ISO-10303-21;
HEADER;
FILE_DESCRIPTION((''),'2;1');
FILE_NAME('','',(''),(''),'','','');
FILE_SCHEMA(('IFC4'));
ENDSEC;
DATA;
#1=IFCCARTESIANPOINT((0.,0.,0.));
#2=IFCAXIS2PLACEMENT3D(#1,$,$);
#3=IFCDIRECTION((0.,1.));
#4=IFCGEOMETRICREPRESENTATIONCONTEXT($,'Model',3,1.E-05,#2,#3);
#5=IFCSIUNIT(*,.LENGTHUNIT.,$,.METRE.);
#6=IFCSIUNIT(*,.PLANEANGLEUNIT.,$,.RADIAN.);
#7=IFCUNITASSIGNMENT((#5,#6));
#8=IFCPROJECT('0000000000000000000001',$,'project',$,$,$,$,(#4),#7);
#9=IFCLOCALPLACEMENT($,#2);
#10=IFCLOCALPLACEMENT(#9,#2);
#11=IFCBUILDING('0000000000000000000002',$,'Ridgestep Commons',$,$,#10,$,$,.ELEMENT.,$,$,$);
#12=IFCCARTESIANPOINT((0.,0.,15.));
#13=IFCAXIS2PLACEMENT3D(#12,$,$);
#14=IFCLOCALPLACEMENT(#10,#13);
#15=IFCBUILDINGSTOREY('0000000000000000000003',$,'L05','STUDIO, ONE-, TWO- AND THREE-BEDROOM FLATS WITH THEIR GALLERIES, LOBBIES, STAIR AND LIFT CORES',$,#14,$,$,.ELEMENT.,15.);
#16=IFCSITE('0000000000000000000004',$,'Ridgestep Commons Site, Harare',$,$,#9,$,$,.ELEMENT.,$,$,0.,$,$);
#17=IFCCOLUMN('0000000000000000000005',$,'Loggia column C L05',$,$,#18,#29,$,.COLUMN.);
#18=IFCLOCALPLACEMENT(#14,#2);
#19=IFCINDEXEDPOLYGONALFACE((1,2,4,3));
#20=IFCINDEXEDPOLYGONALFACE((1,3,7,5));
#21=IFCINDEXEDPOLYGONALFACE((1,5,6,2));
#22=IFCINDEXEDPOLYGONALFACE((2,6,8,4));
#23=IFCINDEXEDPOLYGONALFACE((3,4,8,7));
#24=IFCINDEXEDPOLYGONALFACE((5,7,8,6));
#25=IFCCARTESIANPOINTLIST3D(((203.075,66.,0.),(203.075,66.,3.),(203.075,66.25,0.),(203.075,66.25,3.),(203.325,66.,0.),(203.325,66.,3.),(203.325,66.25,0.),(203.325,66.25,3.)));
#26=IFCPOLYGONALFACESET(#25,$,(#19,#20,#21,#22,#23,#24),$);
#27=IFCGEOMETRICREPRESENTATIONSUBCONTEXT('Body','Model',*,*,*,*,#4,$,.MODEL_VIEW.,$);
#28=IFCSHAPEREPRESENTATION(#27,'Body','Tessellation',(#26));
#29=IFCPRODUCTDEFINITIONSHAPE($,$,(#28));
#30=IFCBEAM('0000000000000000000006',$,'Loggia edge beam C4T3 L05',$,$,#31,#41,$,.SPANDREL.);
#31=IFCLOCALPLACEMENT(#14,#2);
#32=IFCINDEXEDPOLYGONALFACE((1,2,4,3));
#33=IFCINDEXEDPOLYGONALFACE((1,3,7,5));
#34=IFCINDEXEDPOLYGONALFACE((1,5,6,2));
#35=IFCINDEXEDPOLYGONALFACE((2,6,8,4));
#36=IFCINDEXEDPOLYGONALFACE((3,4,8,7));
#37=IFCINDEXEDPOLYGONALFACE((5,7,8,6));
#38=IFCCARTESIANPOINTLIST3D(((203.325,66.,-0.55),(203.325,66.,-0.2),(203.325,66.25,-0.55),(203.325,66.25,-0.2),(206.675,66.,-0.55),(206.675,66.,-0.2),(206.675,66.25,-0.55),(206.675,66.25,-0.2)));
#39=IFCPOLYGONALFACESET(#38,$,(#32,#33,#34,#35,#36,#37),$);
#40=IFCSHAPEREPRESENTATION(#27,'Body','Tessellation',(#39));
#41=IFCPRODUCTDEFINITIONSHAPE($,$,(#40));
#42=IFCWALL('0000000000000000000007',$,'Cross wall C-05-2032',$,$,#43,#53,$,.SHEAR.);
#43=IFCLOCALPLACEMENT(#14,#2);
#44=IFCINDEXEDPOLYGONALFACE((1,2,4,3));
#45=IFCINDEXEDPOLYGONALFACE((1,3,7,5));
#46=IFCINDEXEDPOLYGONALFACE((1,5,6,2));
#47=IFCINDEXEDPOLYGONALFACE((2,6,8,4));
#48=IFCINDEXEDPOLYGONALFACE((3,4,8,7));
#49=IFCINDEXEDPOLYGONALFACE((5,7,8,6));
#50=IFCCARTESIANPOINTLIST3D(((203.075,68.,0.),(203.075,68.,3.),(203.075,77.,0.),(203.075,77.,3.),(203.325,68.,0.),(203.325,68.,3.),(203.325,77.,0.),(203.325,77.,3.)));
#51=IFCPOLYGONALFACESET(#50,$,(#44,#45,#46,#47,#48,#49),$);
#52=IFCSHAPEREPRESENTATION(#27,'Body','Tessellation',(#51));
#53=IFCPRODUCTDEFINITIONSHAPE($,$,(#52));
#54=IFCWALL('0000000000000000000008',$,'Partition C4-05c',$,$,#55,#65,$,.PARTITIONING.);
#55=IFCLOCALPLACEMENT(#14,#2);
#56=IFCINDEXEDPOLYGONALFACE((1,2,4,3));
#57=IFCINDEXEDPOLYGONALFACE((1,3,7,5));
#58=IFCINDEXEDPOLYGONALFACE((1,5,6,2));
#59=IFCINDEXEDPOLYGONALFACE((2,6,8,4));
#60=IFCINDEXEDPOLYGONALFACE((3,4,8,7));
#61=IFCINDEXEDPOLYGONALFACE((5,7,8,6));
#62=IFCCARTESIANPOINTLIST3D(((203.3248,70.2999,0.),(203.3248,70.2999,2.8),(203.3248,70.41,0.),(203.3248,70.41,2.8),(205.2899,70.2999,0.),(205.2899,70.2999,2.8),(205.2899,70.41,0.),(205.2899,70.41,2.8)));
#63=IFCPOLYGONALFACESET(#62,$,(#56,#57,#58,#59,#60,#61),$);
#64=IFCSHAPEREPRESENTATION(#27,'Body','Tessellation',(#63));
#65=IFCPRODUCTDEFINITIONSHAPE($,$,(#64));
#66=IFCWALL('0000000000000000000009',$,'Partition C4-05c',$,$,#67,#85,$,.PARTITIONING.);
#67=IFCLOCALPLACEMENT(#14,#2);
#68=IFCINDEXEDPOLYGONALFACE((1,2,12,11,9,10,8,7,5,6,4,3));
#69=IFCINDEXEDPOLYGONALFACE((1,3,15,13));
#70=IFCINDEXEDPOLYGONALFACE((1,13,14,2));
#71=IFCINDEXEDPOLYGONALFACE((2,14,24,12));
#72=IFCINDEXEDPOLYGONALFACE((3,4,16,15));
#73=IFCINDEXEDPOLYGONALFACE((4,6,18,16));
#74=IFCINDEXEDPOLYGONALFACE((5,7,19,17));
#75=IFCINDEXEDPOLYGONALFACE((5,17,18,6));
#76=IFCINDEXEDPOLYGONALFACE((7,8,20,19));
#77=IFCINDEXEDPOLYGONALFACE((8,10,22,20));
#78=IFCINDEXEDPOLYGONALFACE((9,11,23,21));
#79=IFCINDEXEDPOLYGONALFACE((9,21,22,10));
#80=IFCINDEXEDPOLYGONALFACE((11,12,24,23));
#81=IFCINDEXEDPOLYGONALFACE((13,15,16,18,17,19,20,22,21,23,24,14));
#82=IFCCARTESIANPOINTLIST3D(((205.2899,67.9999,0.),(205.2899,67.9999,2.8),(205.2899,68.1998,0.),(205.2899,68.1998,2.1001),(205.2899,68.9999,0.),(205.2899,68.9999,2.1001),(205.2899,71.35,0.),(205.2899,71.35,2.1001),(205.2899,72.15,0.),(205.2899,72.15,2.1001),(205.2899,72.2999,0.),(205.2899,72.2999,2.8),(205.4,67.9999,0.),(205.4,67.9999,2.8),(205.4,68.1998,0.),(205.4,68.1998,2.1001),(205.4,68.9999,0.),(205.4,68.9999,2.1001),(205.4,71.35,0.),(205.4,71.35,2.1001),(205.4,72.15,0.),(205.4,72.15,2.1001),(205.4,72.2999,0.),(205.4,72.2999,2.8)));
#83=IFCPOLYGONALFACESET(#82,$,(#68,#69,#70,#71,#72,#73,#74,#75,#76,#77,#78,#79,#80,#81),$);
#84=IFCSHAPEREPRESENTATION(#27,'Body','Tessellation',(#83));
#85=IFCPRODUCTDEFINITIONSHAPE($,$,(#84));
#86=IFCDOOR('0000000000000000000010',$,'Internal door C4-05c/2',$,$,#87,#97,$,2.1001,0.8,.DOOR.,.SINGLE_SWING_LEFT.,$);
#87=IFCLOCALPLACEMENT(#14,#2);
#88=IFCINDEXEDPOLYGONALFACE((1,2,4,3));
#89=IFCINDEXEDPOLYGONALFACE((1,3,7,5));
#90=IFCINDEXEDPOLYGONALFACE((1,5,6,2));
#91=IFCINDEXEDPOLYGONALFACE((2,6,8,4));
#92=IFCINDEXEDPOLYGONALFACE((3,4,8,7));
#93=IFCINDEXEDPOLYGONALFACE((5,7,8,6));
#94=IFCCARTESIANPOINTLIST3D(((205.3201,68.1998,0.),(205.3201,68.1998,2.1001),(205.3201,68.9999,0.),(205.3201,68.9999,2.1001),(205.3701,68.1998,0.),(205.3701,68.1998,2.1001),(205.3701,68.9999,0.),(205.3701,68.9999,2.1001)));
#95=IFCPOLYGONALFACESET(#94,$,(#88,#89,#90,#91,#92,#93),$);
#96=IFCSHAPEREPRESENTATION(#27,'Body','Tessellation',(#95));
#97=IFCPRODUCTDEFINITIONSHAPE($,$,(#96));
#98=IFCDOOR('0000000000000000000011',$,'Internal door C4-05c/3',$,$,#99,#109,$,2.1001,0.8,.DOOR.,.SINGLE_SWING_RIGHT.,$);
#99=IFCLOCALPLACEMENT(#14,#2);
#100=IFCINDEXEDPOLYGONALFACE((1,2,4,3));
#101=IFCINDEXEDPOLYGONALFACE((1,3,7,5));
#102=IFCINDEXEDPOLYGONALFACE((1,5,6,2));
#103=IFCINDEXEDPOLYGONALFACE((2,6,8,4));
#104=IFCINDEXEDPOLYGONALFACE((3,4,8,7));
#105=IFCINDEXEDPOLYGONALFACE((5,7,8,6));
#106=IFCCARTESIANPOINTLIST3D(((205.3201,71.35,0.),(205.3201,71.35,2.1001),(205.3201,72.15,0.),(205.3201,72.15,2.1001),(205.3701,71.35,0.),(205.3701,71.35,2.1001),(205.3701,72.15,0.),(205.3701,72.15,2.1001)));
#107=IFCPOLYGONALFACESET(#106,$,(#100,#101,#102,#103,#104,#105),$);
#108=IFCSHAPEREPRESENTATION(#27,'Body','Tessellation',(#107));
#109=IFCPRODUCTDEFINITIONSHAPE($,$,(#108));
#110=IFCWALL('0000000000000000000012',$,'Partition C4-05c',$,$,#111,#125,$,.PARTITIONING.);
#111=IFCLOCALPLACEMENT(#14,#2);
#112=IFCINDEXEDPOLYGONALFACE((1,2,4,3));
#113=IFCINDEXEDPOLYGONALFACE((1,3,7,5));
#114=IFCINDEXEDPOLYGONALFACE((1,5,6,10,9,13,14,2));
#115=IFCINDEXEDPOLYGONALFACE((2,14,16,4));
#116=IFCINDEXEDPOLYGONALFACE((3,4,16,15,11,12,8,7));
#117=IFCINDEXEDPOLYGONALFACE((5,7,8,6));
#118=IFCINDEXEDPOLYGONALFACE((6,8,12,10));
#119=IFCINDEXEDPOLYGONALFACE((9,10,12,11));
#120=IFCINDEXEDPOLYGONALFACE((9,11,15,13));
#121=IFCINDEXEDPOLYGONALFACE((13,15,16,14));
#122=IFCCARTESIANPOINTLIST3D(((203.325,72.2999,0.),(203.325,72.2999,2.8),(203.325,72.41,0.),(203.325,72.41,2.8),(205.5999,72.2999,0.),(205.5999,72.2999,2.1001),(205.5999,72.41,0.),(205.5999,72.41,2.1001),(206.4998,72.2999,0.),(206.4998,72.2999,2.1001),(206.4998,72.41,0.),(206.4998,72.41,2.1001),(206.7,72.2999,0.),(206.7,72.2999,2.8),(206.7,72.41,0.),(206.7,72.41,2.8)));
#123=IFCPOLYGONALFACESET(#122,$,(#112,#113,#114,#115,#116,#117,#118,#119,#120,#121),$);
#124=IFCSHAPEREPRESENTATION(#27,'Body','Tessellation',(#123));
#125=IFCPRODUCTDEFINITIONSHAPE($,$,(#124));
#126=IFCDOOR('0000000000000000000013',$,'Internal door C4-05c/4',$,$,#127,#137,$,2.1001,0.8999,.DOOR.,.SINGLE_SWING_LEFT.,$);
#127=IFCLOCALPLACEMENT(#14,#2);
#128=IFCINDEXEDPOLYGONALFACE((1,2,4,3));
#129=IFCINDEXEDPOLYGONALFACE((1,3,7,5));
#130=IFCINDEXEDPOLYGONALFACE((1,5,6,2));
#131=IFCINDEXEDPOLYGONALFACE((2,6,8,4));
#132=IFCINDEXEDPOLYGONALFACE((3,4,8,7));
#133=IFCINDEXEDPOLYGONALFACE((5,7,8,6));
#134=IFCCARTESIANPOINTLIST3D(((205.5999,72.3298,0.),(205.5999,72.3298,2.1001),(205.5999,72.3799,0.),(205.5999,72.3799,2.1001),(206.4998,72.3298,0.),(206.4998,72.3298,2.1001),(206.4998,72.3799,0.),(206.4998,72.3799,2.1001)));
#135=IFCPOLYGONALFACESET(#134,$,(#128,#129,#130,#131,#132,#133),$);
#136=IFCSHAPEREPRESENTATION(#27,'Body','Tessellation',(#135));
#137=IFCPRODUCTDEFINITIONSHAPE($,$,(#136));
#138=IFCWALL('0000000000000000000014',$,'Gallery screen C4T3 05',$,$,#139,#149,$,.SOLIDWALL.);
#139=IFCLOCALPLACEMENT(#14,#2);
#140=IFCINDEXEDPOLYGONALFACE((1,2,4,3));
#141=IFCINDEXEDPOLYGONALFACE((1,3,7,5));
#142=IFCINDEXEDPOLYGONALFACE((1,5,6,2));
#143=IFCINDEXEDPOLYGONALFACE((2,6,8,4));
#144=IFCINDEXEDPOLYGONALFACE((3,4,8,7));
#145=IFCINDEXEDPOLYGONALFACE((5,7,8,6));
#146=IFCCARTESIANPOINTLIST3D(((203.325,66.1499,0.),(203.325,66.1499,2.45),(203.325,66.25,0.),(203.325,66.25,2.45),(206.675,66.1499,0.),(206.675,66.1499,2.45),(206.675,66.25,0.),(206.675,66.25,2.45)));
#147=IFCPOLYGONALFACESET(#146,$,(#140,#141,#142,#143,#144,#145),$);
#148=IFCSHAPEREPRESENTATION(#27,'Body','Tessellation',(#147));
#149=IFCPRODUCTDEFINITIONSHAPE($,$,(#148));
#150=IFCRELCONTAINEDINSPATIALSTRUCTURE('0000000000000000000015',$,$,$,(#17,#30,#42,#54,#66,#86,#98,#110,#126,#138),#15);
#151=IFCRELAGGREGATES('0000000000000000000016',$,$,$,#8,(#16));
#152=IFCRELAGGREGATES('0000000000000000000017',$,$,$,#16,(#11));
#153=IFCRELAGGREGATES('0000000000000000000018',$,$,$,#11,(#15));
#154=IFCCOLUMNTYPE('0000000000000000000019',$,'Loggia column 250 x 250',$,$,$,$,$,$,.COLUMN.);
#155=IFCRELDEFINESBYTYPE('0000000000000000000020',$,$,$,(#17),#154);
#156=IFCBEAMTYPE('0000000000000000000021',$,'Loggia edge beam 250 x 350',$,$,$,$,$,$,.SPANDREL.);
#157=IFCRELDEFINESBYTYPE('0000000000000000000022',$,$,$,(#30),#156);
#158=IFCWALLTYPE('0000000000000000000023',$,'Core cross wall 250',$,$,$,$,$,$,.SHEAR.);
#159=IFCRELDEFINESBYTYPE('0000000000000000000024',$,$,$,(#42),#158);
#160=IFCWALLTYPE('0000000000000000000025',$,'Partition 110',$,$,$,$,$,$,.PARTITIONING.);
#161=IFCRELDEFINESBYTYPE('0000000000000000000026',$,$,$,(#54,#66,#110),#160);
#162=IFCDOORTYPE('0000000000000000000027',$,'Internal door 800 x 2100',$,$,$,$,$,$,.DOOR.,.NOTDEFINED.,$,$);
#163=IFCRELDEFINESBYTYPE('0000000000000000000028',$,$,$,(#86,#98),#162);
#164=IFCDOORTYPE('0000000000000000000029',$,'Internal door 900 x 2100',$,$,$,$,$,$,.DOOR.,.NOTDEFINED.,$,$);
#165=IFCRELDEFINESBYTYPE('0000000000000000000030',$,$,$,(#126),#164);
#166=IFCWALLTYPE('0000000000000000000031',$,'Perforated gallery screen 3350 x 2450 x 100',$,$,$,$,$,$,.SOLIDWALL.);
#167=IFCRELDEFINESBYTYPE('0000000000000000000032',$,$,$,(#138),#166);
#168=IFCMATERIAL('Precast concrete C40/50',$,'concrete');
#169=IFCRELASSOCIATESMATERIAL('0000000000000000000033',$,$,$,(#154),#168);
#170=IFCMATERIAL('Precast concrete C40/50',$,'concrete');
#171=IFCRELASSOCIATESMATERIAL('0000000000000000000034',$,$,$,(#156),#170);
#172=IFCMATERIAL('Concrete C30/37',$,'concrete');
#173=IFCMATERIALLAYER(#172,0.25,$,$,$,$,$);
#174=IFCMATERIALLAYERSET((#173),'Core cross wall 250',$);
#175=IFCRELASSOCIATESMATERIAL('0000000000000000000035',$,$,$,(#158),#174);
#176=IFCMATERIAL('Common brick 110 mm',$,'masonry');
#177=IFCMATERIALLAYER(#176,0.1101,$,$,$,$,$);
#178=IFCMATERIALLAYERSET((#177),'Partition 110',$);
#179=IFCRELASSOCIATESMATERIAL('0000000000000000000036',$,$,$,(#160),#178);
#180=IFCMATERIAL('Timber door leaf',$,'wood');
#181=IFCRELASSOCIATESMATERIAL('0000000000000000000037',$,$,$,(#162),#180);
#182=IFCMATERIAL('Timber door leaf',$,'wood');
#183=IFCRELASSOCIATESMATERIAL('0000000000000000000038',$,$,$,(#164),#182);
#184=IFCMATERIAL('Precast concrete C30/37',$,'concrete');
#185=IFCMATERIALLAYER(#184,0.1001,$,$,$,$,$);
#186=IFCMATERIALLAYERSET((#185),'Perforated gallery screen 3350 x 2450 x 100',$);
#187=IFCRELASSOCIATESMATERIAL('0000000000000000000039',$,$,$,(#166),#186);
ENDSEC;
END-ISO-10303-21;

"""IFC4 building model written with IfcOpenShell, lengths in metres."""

from ifc_helpers import new_model, si_unit, direction, frame, frame_2d, origin, origin_2d, place, context, subcontext, project, spatial, rectangle, extrude, material, layer, layer_set, material_profile, profile_set, type_object, element, fill, save


model = new_model("IFC4")

# Units and contexts
model_context = context("Model", 3, precision=1e-05, world=origin(), true_north=direction((0.0, 1.0)))
body_context = subcontext(model_context, "Body", "Model", "MODEL_VIEW")
ifc_project = project(units=[si_unit("LENGTHUNIT", "METRE"), si_unit("PLANEANGLEUNIT", "RADIAN")], contexts=[model_context])

# Site, building, storey
site_placement = place(None, origin())
site = spatial("IfcSite", under=ifc_project, at=site_placement, Name="Ridgestep Commons Site, Harare", CompositionType="ELEMENT", RefElevation=0.0)
building_placement = place(site_placement, origin())
building = spatial("IfcBuilding", under=site, at=building_placement, Name="Ridgestep Commons", CompositionType="ELEMENT")
storey_placement = place(building_placement, frame((0.0, 0.0, 15.0)))
storey = spatial("IfcBuildingStorey", under=building, at=storey_placement, Name="L05", Description="STUDIO, ONE-, TWO- AND THREE-BEDROOM FLATS WITH THEIR GALLERIES, LOBBIES, STAIR AND LIFT CORES", CompositionType="ELEMENT", Elevation=15.0)

# Column
ifc_material_1 = material(Name="Precast concrete C40/50", Category="concrete")
ifc_material_profile_1 = material_profile(ifc_material_1, rectangle(XDim=0.25, YDim=0.25, at=origin_2d()), Name="PC 250x250")
ifc_profile_set_1 = profile_set([ifc_material_profile_1], Name="Precast concrete C40/50")
column_type = type_object("IfcColumnType", Name="Loggia column 250 x 250", PredefinedType="COLUMN", material=ifc_profile_set_1)
column_placement = place(storey_placement, frame((203.2, 66.125, 0.0), z_axis=(0.0, 0.0, 1.0), x_axis=(1.0, 0.0, 0.0)))
element("IfcColumn", 1, at=column_placement, inside=storey, type_object=column_type, Name="Loggia column C L05", PredefinedType="COLUMN", context=body_context, shape_type="SweptSolid", body=[
    extrude(rectangle(XDim=0.25, YDim=0.25, at=origin_2d()), origin(), (0.0, 0.0, 1.0), 3.0),
])

# Beam
ifc_material_2 = material(Name="Precast concrete C40/50", Category="concrete")
ifc_material_profile_2 = material_profile(ifc_material_2, rectangle(XDim=0.25, YDim=0.3501, at=origin_2d()), Name="PC 250x350")
ifc_profile_set_2 = profile_set([ifc_material_profile_2], Name="Precast concrete C40/50")
beam_type = type_object("IfcBeamType", Name="Loggia edge beam 250 x 350", PredefinedType="SPANDREL", material=ifc_profile_set_2)
beam_placement = place(storey_placement, frame((203.325, 66.125, -0.375), z_axis=(1.0, 0.0, 0.0), x_axis=(0.0, 1.0, 0.0)))
element("IfcBeam", 2, at=beam_placement, inside=storey, type_object=beam_type, Name="Loggia edge beam C4T3 L05", PredefinedType="SPANDREL", context=body_context, shape_type="SweptSolid", body=[
    extrude(rectangle(XDim=0.25, YDim=0.3501, at=origin_2d()), origin(), (0.0, 0.0, 1.0), 3.3501),
])

# Walls
ifc_material_3 = material(Name="Concrete C30/37", Category="concrete")
ifc_layer_1 = layer(ifc_material_3, 0.25)
ifc_layer_set_1 = layer_set([ifc_layer_1], Name="Core cross wall 250")
wall_type_1 = type_object("IfcWallType", Name="Core cross wall 250", PredefinedType="SHEAR", material=ifc_layer_set_1)
wall_1_placement = place(storey_placement, frame((203.2, 68.0, 0.0), z_axis=(0.0, 0.0, 1.0), x_axis=(0.0, 1.0, 0.0)))
element("IfcWall", 3, at=wall_1_placement, inside=storey, type_object=wall_type_1, Name="Cross wall C-05-2032", PredefinedType="SHEAR", context=body_context, shape_type="SweptSolid", body=[
    extrude(rectangle(XDim=9.0, YDim=0.25, at=frame_2d((4.5, 0.0))), origin(), (0.0, 0.0, 1.0), 3.0),
])
ifc_material_4 = material(Name="Common brick 110 mm", Category="masonry")
ifc_layer_2 = layer(ifc_material_4, 0.1101)
ifc_layer_set_2 = layer_set([ifc_layer_2], Name="Partition 110")
wall_type_2 = type_object("IfcWallType", Name="Partition 110", PredefinedType="PARTITIONING", material=ifc_layer_set_2)
wall_2_placement = place(storey_placement, frame((203.325, 70.355, 0.0), z_axis=(0.0, 0.0, 1.0), x_axis=(1.0, 0.0, 0.0)))
element("IfcWall", 4, at=wall_2_placement, inside=storey, type_object=wall_type_2, Name="Partition C4-05c", PredefinedType="PARTITIONING", context=body_context, shape_type="SweptSolid", body=[
    extrude(rectangle(XDim=1.9651, YDim=0.1101, at=frame_2d((0.9824, 0.0))), origin(), (0.0, 0.0, 1.0), 2.8),
])

# Wall, openings, doors
wall_3_placement = place(storey_placement, frame((205.345, 68.0, 0.0), z_axis=(0.0, 0.0, 1.0), x_axis=(0.0, 1.0, 0.0)))
wall_3 = element("IfcWall", 5, at=wall_3_placement, inside=storey, type_object=wall_type_2, Name="Partition C4-05c", PredefinedType="PARTITIONING", context=body_context, shape_type="SweptSolid", body=[
    extrude(rectangle(XDim=4.3, YDim=0.1101, at=frame_2d((2.1499, 0.0))), origin(), (0.0, 0.0, 1.0), 2.8),
])
opening_1_placement = place(wall_3_placement, frame((0.2, 0.0, 0.0)))
opening_1 = element("IfcOpeningElement", 6, at=opening_1_placement, cuts=wall_3, PredefinedType="OPENING", context=body_context, shape_type="SweptSolid", body=[
    extrude(rectangle(XDim=0.8, YDim=2.1001, at=frame_2d((0.3999, 1.05))), frame((0.0, 0.0649, 0.0), z_axis=(0.0, -1.0, 0.0), x_axis=(1.0, 0.0, 0.0)), (0.0, 0.0, 1.0), 0.1301),
])
opening_2_placement = place(wall_3_placement, frame((3.3501, 0.0, 0.0)))
opening_2 = element("IfcOpeningElement", 7, at=opening_2_placement, cuts=wall_3, PredefinedType="OPENING", context=body_context, shape_type="SweptSolid", body=[
    extrude(rectangle(XDim=0.8, YDim=2.1001, at=frame_2d((0.3999, 1.05))), frame((0.0, 0.0649, 0.0), z_axis=(0.0, -1.0, 0.0), x_axis=(1.0, 0.0, 0.0)), (0.0, 0.0, 1.0), 0.1301),
])
ifc_material_5 = material(Name="Timber door leaf", Category="wood")
door_type_1 = type_object("IfcDoorType", Name="Internal door 800 x 2100", OperationType="NOTDEFINED", PredefinedType="DOOR", material=ifc_material_5)
door_1_placement = place(opening_1_placement, origin())
door_1 = element("IfcDoor", 8, at=door_1_placement, inside=storey, type_object=door_type_1, Name="Internal door C4-05c/2", OperationType="SINGLE_SWING_LEFT", OverallHeight=2.1001, OverallWidth=0.8, PredefinedType="DOOR", context=body_context, shape_type="SweptSolid", body=[
    extrude(rectangle(XDim=0.8, YDim=2.1001, at=frame_2d((0.3999, 1.05))), frame((0.0, 0.0249, 0.0), z_axis=(0.0, -1.0, 0.0), x_axis=(1.0, 0.0, 0.0)), (0.0, 0.0, 1.0), 0.05),
])
fill(opening_1, door_1)
door_2_placement = place(opening_2_placement, origin())
door_2 = element("IfcDoor", 9, at=door_2_placement, inside=storey, type_object=door_type_1, Name="Internal door C4-05c/3", OperationType="SINGLE_SWING_RIGHT", OverallHeight=2.1001, OverallWidth=0.8, PredefinedType="DOOR", context=body_context, shape_type="SweptSolid", body=[
    extrude(rectangle(XDim=0.8, YDim=2.1001, at=frame_2d((0.3999, 1.05))), frame((0.0, 0.0249, 0.0), z_axis=(0.0, -1.0, 0.0), x_axis=(1.0, 0.0, 0.0)), (0.0, 0.0, 1.0), 0.05),
])
fill(opening_2, door_2)

# Wall, opening, door
wall_4_placement = place(storey_placement, frame((203.325, 72.355, 0.0), z_axis=(0.0, 0.0, 1.0), x_axis=(1.0, 0.0, 0.0)))
wall_4 = element("IfcWall", 10, at=wall_4_placement, inside=storey, type_object=wall_type_2, Name="Partition C4-05c", PredefinedType="PARTITIONING", context=body_context, shape_type="SweptSolid", body=[
    extrude(rectangle(XDim=3.375, YDim=0.1101, at=frame_2d((1.6875, 0.0))), origin(), (0.0, 0.0, 1.0), 2.8),
])
opening_3_placement = place(wall_4_placement, frame((2.2749, 0.0, 0.0)))
opening_3 = element("IfcOpeningElement", 11, at=opening_3_placement, cuts=wall_4, PredefinedType="OPENING", context=body_context, shape_type="SweptSolid", body=[
    extrude(rectangle(XDim=0.8999, YDim=2.1001, at=frame_2d((0.45, 1.05))), frame((0.0, 0.0649, 0.0), z_axis=(0.0, -1.0, 0.0), x_axis=(1.0, 0.0, 0.0)), (0.0, 0.0, 1.0), 0.1301),
])
ifc_material_6 = material(Name="Timber door leaf", Category="wood")
door_type_2 = type_object("IfcDoorType", Name="Internal door 900 x 2100", OperationType="NOTDEFINED", PredefinedType="DOOR", material=ifc_material_6)
door_3_placement = place(opening_3_placement, origin())
door_3 = element("IfcDoor", 12, at=door_3_placement, inside=storey, type_object=door_type_2, Name="Internal door C4-05c/4", OperationType="SINGLE_SWING_LEFT", OverallHeight=2.1001, OverallWidth=0.8999, PredefinedType="DOOR", context=body_context, shape_type="SweptSolid", body=[
    extrude(rectangle(XDim=0.8999, YDim=2.1001, at=frame_2d((0.45, 1.05))), frame((0.0, 0.0249, 0.0), z_axis=(0.0, -1.0, 0.0), x_axis=(1.0, 0.0, 0.0)), (0.0, 0.0, 1.0), 0.05),
])
fill(opening_3, door_3)

# Wall
ifc_material_7 = material(Name="Precast concrete C30/37", Category="concrete")
ifc_layer_3 = layer(ifc_material_7, 0.1001)
ifc_layer_set_3 = layer_set([ifc_layer_3], Name="Perforated gallery screen 3350 x 2450 x 100")
wall_type_3 = type_object("IfcWallType", Name="Perforated gallery screen 3350 x 2450 x 100", PredefinedType="SOLIDWALL", material=ifc_layer_set_3)
wall_5_placement = place(storey_placement, frame((203.325, 66.2, 0.0), z_axis=(0.0, 0.0, 1.0), x_axis=(1.0, 0.0, 0.0)))
element("IfcWall", 13, at=wall_5_placement, inside=storey, type_object=wall_type_3, Name="Gallery screen C4T3 05", PredefinedType="SOLIDWALL", context=body_context, shape_type="SweptSolid", body=[
    extrude(rectangle(XDim=3.3501, YDim=0.1001, at=frame_2d((1.675, 0.0))), origin(), (0.0, 0.0, 1.0), 2.45),
])

save(model, "model.ifc")
